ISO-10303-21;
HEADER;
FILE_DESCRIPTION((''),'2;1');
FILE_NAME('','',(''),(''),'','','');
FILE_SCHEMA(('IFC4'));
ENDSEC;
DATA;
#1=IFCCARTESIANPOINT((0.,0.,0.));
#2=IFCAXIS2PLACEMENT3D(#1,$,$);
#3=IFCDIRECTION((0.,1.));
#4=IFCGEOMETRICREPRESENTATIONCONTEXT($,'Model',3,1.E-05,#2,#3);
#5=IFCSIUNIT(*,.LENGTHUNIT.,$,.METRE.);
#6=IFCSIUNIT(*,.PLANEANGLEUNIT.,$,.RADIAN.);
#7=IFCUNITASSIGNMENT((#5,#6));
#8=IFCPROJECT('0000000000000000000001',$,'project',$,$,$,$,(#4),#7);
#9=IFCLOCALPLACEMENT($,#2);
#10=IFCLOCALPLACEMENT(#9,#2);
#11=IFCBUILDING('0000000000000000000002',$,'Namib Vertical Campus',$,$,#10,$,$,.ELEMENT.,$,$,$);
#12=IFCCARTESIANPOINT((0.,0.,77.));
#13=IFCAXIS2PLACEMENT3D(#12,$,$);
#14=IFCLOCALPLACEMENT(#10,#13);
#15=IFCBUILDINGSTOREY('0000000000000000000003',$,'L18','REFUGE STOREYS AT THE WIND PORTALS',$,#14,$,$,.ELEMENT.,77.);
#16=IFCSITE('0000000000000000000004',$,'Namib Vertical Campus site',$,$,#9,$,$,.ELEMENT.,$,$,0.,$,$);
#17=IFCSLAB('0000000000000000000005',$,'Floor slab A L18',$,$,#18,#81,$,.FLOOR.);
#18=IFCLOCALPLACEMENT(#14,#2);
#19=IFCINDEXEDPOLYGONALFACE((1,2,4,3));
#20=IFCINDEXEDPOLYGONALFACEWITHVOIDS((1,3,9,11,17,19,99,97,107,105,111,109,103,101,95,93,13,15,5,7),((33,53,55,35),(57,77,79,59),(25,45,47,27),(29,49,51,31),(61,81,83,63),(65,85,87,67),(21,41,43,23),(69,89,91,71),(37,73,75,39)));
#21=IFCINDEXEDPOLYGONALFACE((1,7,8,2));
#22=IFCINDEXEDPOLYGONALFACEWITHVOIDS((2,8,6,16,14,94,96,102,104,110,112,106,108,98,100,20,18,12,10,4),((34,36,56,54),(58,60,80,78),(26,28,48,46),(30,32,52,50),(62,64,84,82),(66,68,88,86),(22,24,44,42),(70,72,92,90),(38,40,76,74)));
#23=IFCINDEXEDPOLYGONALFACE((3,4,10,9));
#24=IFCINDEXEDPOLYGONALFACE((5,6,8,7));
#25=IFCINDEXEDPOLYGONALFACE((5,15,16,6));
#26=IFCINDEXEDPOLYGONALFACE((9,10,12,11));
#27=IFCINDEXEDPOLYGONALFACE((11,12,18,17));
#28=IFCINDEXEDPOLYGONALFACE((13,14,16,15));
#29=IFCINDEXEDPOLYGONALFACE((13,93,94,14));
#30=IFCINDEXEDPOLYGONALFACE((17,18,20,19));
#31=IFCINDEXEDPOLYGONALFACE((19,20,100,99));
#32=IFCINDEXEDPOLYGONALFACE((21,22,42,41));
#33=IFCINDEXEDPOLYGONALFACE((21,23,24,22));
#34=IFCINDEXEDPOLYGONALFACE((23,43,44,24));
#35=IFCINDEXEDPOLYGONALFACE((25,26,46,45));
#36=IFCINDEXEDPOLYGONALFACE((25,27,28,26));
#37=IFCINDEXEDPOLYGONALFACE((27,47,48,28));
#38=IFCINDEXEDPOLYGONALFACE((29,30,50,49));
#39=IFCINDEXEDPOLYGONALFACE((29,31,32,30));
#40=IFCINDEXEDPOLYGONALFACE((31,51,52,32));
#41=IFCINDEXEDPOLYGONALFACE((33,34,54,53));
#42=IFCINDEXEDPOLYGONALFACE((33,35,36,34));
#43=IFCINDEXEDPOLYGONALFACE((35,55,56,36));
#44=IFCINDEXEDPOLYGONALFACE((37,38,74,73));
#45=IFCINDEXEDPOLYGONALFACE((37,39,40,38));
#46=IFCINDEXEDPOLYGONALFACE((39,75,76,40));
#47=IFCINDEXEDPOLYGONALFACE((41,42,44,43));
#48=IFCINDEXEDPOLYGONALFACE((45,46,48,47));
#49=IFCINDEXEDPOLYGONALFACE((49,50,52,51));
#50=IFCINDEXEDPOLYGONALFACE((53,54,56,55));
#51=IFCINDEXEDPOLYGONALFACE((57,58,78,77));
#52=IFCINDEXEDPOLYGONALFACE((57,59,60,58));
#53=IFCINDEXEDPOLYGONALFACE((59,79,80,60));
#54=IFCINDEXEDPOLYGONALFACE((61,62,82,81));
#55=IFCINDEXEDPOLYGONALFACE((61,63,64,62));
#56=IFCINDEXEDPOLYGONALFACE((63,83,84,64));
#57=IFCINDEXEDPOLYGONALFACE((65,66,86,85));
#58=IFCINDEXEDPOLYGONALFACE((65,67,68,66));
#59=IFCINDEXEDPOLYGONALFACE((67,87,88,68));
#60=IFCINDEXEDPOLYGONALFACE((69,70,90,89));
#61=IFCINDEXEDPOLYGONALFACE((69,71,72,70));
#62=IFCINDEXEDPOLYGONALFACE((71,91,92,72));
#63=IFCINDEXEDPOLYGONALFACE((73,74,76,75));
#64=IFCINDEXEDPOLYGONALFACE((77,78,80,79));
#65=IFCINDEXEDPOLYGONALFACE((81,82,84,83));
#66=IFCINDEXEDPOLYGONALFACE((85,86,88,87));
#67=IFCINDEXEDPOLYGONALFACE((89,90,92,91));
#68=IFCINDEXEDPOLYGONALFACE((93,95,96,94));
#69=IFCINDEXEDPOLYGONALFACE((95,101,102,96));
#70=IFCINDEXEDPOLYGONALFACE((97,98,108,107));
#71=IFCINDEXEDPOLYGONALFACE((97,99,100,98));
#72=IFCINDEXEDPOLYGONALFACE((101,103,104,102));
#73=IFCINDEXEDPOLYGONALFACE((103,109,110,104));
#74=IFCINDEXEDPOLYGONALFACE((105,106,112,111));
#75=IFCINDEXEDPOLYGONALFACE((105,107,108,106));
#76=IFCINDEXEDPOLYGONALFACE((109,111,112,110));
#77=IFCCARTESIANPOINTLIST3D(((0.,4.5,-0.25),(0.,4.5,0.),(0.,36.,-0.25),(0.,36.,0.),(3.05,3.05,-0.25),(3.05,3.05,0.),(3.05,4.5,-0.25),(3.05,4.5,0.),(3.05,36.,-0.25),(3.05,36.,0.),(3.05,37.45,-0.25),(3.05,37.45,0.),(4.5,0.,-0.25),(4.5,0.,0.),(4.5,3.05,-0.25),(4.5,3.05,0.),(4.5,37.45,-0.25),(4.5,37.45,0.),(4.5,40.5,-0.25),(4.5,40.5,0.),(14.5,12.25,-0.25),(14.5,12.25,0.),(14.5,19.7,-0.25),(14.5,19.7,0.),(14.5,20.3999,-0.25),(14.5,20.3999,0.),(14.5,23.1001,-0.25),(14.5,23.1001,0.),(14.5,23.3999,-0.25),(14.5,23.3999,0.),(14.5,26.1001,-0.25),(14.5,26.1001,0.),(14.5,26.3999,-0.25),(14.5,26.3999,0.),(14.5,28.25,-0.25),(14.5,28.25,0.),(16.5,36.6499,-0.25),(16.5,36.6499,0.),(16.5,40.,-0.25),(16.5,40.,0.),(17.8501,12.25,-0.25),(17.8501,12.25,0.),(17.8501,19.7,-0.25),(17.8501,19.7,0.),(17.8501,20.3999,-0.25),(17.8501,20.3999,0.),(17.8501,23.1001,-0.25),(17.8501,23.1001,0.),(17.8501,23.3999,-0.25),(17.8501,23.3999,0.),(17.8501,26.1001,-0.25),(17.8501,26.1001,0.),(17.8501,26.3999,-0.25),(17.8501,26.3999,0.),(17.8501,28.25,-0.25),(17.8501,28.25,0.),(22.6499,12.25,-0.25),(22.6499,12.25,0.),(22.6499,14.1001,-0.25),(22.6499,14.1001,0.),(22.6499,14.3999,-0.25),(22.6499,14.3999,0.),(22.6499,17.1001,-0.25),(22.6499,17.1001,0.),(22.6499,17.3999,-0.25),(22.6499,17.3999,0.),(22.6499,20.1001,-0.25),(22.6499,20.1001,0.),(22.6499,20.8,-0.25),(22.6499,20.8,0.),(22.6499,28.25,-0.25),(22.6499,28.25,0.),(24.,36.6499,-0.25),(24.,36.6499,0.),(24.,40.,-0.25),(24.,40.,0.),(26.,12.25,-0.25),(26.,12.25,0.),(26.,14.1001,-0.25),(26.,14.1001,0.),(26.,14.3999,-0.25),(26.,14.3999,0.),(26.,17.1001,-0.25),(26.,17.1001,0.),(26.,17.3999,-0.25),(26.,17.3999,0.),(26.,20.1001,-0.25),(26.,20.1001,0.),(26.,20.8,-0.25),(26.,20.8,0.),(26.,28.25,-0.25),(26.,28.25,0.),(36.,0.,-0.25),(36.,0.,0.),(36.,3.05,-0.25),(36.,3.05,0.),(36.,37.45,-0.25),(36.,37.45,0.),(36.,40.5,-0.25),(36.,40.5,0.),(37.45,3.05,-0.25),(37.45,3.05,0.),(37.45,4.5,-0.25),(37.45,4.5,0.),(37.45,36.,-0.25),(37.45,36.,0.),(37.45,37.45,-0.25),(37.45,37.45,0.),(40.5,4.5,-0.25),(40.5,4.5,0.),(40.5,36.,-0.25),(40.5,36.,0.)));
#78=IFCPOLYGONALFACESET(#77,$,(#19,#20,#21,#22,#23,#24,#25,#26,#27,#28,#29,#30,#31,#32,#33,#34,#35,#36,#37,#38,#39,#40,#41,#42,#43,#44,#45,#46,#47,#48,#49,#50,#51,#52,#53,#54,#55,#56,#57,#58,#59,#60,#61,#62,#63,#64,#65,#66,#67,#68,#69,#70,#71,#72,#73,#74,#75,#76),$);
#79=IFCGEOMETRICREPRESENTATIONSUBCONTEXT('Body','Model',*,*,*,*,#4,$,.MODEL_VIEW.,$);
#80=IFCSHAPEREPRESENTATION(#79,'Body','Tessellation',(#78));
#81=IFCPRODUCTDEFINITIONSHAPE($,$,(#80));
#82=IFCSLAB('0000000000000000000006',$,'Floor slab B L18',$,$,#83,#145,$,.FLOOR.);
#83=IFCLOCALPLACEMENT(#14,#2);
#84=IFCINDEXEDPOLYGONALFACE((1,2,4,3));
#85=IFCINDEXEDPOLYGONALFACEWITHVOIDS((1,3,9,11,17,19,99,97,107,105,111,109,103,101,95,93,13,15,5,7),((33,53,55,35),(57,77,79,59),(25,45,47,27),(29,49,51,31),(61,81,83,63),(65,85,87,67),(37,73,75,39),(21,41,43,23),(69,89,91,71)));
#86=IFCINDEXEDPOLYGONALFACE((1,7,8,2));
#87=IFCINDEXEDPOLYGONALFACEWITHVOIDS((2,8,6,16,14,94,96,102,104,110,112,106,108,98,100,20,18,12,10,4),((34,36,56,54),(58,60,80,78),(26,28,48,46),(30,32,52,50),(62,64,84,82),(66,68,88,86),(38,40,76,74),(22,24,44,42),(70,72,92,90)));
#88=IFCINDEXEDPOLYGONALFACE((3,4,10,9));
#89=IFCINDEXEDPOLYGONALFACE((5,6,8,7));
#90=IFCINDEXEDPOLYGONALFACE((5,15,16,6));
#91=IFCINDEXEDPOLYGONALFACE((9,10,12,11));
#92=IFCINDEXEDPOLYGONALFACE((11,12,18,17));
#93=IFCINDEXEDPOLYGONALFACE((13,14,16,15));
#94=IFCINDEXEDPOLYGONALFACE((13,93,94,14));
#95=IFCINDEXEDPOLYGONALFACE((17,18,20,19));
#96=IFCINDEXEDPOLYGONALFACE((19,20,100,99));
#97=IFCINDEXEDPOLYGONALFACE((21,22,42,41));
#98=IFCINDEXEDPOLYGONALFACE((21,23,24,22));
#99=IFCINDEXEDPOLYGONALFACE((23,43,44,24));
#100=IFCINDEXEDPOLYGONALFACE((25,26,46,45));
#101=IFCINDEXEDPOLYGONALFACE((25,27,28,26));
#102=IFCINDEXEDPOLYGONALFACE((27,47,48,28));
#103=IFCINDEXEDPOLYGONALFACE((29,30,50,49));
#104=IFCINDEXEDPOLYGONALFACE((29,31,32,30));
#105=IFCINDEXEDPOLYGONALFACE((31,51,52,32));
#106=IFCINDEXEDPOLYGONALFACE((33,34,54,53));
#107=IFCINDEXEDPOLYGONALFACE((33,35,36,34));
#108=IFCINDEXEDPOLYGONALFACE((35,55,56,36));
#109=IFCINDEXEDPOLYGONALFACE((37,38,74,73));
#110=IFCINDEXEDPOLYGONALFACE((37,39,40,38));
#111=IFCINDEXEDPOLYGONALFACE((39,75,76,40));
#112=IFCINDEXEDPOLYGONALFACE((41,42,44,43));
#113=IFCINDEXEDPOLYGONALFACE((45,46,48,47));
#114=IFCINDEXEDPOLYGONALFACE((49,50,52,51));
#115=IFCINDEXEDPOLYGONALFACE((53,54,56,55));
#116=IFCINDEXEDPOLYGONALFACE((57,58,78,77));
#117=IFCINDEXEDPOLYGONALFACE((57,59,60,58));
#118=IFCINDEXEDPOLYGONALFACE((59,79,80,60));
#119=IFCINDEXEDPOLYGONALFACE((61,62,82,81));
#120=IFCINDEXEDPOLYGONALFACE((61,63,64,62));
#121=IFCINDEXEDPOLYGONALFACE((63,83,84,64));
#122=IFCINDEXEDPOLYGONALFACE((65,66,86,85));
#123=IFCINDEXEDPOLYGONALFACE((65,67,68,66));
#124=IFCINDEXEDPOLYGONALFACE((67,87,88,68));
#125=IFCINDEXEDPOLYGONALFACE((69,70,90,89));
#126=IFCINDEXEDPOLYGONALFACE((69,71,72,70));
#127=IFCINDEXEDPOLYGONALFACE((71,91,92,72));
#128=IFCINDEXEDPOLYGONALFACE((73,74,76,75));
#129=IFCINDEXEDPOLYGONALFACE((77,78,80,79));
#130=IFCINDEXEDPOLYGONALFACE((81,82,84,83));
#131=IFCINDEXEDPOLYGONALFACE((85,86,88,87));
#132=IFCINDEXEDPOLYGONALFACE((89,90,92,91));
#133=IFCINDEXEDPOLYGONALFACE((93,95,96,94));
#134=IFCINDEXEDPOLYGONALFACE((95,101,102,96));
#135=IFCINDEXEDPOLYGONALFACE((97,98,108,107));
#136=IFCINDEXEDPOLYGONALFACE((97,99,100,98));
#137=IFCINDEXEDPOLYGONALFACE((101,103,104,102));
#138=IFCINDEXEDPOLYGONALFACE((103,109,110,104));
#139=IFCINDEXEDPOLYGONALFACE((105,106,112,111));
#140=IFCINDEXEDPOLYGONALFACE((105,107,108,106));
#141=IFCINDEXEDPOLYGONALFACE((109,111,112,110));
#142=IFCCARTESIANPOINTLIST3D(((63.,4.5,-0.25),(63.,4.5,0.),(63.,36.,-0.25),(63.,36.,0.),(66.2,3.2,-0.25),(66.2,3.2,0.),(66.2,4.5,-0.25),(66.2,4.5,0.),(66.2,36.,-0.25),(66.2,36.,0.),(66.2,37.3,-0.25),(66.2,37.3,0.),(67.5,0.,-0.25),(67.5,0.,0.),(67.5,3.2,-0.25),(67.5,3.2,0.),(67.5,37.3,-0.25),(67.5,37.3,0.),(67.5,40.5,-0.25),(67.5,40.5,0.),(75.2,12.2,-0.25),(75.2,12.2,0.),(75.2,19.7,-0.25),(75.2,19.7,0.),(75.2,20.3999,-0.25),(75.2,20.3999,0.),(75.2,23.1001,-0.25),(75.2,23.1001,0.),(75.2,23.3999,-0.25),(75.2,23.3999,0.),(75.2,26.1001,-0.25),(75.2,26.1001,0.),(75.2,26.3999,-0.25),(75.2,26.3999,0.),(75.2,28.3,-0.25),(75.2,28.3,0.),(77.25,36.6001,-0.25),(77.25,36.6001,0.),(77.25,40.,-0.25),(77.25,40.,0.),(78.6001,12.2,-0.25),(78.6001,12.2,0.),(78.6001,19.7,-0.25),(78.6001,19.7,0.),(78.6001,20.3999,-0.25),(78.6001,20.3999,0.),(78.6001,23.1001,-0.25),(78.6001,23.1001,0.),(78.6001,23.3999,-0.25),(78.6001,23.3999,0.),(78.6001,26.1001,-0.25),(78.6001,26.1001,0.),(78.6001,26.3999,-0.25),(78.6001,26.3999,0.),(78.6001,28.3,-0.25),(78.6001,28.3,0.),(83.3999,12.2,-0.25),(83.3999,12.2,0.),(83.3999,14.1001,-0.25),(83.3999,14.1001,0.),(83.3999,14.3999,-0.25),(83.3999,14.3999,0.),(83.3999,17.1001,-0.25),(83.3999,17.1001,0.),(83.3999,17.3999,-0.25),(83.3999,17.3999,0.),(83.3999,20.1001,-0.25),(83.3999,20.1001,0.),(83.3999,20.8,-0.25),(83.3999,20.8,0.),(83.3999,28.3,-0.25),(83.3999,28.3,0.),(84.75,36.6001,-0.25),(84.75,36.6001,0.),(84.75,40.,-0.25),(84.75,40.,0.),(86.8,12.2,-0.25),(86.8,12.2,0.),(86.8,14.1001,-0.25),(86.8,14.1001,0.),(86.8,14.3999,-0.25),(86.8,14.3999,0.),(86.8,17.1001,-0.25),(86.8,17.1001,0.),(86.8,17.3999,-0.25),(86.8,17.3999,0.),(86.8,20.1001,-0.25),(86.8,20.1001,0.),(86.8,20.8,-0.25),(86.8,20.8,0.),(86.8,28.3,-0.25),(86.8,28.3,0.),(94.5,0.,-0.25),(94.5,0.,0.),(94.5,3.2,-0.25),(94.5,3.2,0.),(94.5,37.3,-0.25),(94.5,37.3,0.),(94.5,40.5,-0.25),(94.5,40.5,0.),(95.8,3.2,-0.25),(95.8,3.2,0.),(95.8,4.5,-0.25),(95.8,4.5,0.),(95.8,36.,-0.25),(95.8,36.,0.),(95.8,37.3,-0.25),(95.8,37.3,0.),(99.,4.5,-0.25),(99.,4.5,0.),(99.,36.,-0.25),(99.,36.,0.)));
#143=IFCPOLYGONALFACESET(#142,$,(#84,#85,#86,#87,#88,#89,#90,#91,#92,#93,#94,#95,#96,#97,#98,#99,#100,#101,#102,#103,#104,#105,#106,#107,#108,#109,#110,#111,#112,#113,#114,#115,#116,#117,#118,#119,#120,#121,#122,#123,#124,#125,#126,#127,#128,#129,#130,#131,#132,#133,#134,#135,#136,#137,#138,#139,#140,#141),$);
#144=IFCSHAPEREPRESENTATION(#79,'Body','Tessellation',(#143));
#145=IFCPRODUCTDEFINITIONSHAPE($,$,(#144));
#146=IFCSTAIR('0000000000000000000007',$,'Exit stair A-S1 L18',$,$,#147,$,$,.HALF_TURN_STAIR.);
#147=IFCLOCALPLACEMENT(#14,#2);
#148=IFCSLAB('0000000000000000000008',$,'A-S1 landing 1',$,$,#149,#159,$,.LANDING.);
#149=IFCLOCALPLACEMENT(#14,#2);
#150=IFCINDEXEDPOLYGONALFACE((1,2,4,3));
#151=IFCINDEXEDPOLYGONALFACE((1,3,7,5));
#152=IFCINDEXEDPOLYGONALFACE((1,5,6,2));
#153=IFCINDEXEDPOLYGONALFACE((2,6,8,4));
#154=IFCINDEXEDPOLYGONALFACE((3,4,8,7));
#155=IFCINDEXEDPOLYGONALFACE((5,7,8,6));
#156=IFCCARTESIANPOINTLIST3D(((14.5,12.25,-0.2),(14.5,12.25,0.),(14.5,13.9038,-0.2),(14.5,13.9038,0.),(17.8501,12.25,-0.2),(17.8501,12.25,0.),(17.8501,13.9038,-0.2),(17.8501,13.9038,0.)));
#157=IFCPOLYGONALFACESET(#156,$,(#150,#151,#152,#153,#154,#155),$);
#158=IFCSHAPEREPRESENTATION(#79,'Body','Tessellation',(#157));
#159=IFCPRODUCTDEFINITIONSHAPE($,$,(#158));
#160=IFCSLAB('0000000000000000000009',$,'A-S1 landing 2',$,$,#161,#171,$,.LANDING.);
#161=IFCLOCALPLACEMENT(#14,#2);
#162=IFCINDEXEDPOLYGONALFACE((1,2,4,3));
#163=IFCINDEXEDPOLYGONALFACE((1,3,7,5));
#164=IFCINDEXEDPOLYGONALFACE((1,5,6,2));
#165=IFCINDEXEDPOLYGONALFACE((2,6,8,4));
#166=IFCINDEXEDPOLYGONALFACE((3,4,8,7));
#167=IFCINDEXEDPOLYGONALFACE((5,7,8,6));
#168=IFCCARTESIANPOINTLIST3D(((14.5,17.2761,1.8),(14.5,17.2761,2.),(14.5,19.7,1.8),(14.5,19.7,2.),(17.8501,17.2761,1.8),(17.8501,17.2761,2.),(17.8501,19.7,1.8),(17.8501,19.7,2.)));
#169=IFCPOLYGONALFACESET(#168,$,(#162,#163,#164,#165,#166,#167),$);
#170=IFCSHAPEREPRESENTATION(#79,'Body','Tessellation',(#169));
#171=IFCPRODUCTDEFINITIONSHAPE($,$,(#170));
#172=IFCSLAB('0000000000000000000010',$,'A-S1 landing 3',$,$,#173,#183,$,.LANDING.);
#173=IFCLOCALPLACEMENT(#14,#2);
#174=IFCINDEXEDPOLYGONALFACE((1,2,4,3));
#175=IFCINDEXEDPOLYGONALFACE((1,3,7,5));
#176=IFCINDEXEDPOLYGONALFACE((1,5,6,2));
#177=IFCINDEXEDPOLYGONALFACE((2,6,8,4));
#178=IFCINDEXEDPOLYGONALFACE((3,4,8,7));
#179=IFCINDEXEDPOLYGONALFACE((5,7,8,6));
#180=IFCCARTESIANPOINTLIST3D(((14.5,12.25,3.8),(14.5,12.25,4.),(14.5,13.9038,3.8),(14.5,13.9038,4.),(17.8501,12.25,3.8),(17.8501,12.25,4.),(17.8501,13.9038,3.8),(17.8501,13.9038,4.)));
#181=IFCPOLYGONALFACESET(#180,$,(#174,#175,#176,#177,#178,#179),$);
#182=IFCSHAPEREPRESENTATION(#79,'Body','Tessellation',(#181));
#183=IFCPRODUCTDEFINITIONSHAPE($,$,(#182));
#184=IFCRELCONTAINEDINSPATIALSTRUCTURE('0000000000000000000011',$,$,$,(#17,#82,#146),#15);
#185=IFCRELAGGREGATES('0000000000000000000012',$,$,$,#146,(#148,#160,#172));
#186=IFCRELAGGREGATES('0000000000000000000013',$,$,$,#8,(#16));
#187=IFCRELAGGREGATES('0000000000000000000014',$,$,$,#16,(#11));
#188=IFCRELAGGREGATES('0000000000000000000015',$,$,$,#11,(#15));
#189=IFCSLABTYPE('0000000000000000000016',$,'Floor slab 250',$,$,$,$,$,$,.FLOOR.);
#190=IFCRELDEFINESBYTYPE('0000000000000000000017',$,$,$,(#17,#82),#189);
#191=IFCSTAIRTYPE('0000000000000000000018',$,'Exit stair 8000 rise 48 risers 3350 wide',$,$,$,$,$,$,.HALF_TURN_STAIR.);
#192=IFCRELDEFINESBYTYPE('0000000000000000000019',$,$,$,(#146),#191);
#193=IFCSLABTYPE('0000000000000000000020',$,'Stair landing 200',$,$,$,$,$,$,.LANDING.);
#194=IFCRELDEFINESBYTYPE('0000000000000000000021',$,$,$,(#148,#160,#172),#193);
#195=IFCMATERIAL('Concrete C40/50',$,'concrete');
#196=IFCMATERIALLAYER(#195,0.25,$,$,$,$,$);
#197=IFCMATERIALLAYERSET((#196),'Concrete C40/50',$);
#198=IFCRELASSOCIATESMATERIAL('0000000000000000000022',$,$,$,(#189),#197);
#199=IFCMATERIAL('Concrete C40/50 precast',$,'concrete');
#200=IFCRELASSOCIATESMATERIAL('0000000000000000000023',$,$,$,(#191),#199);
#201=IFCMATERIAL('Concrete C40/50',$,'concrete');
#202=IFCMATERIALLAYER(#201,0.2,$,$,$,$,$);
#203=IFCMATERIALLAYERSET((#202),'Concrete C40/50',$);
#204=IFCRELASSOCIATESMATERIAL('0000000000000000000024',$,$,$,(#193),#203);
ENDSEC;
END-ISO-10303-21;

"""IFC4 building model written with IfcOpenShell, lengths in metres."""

from ifc_helpers import new_model, si_unit, direction, frame, origin, place, context, subcontext, project, spatial, polyline, outline, extrude, material, layer, layer_set, type_object, element, aggregate, save


model = new_model("IFC4")

# Units and contexts
model_context = context("Model", 3, precision=1e-05, world=origin(), true_north=direction((0.0, 1.0)))
body_context = subcontext(model_context, "Body", "Model", "MODEL_VIEW")
ifc_project = project(units=[si_unit("LENGTHUNIT", "METRE"), si_unit("PLANEANGLEUNIT", "RADIAN")], contexts=[model_context])

# Site, building, storey
site_placement = place(None, origin())
site = spatial("IfcSite", under=ifc_project, at=site_placement, Name="Namib Vertical Campus site", CompositionType="ELEMENT", RefElevation=0.0)
building_placement = place(site_placement, origin())
building = spatial("IfcBuilding", under=site, at=building_placement, Name="Namib Vertical Campus", CompositionType="ELEMENT")
storey_placement = place(building_placement, frame((0.0, 0.0, 77.0)))
storey = spatial("IfcBuildingStorey", under=building, at=storey_placement, Name="L18", Description="REFUGE STOREYS AT THE WIND PORTALS", CompositionType="ELEMENT", Elevation=77.0)

# Slabs
ifc_material_1 = material(Name="Concrete C40/50", Category="concrete")
ifc_layer_1 = layer(ifc_material_1, 0.25)
ifc_layer_set_1 = layer_set([ifc_layer_1], Name="Concrete C40/50")
slab_type_1 = type_object("IfcSlabType", Name="Floor slab 250", PredefinedType="FLOOR", material=ifc_layer_set_1)
slab_1_placement = place(storey_placement, frame((0.0, 0.0, -0.25)))
element("IfcSlab", 1, at=slab_1_placement, inside=storey, type_object=slab_type_1, Name="Floor slab A L18", PredefinedType="FLOOR", context=body_context, shape_type="SweptSolid", body=[
    extrude(outline(polyline([(4.5, 0.0), (36.0, 0.0), (36.0, 3.05), (37.45, 3.05), (37.45, 4.5), (40.5, 4.5), (40.5, 36.0), (37.45, 36.0), (37.45, 37.45), (36.0, 37.45), (36.0, 40.5), (4.5, 40.5), (4.5, 37.45), (3.05, 37.45), (3.05, 36.0), (0.0, 36.0), (0.0, 4.5), (3.05, 4.5), (3.05, 3.05), (4.5, 3.05), (4.5, 0.0)]), holes=[polyline([(14.5, 12.25), (17.8501, 12.25), (17.8501, 19.7), (14.5, 19.7), (14.5, 12.25)]), polyline([(22.6499, 20.8), (26.0, 20.8), (26.0, 28.25), (22.6499, 28.25), (22.6499, 20.8)]), polyline([(22.6499, 12.25), (26.0, 12.25), (26.0, 14.1001), (22.6499, 14.1001), (22.6499, 12.25)]), polyline([(14.5, 20.3999), (17.8501, 20.3999), (17.8501, 23.1001), (14.5, 23.1001), (14.5, 20.3999)]), polyline([(14.5, 23.3999), (17.8501, 23.3999), (17.8501, 26.1001), (14.5, 26.1001), (14.5, 23.3999)]), polyline([(14.5, 26.3999), (17.8501, 26.3999), (17.8501, 28.25), (14.5, 28.25), (14.5, 26.3999)]), polyline([(22.6499, 14.3999), (26.0, 14.3999), (26.0, 17.1001), (22.6499, 17.1001), (22.6499, 14.3999)]), polyline([(22.6499, 17.3999), (26.0, 17.3999), (26.0, 20.1001), (22.6499, 20.1001), (22.6499, 17.3999)]), polyline([(16.5, 36.6499), (24.0, 36.6499), (24.0, 40.0), (16.5, 40.0), (16.5, 36.6499)])]), origin(), (0.0, 0.0, 1.0), 0.25),
])
slab_2_placement = place(storey_placement, frame((0.0, 0.0, -0.25)))
element("IfcSlab", 2, at=slab_2_placement, inside=storey, type_object=slab_type_1, Name="Floor slab B L18", PredefinedType="FLOOR", context=body_context, shape_type="SweptSolid", body=[
    extrude(outline(polyline([(67.5, 0.0), (94.5, 0.0), (94.5, 3.2), (95.8, 3.2), (95.8, 4.5), (99.0, 4.5), (99.0, 36.0), (95.8, 36.0), (95.8, 37.3), (94.5, 37.3), (94.5, 40.5), (67.5, 40.5), (67.5, 37.3), (66.2, 37.3), (66.2, 36.0), (63.0, 36.0), (63.0, 4.5), (66.2, 4.5), (66.2, 3.2), (67.5, 3.2), (67.5, 0.0)]), holes=[polyline([(75.2, 12.2), (78.6001, 12.2), (78.6001, 19.7), (75.2, 19.7), (75.2, 12.2)]), polyline([(83.3999, 20.8), (86.8, 20.8), (86.8, 28.3), (83.3999, 28.3), (83.3999, 20.8)]), polyline([(83.3999, 12.2), (86.8, 12.2), (86.8, 14.1001), (83.3999, 14.1001), (83.3999, 12.2)]), polyline([(75.2, 20.3999), (78.6001, 20.3999), (78.6001, 23.1001), (75.2, 23.1001), (75.2, 20.3999)]), polyline([(75.2, 23.3999), (78.6001, 23.3999), (78.6001, 26.1001), (75.2, 26.1001), (75.2, 23.3999)]), polyline([(75.2, 26.3999), (78.6001, 26.3999), (78.6001, 28.3), (75.2, 28.3), (75.2, 26.3999)]), polyline([(83.3999, 14.3999), (86.8, 14.3999), (86.8, 17.1001), (83.3999, 17.1001), (83.3999, 14.3999)]), polyline([(83.3999, 17.3999), (86.8, 17.3999), (86.8, 20.1001), (83.3999, 20.1001), (83.3999, 17.3999)]), polyline([(77.25, 36.6001), (84.75, 36.6001), (84.75, 40.0), (77.25, 40.0), (77.25, 36.6001)])]), origin(), (0.0, 0.0, 1.0), 0.25),
])

# Stair, slabs
ifc_material_2 = material(Name="Concrete C40/50 precast", Category="concrete")
stair_type_1 = type_object("IfcStairType", Name="Exit stair 8000 rise 48 risers 3350 wide", PredefinedType="HALF_TURN_STAIR", material=ifc_material_2)
stair_1_placement = place(storey_placement, origin())
stair_1 = element("IfcStair", 3, at=stair_1_placement, inside=storey, type_object=stair_type_1, Name="Exit stair A-S1 L18", PredefinedType="HALF_TURN_STAIR")
ifc_material_3 = material(Name="Concrete C40/50", Category="concrete")
ifc_layer_2 = layer(ifc_material_3, 0.2)
ifc_layer_set_2 = layer_set([ifc_layer_2], Name="Concrete C40/50")
slab_type_2 = type_object("IfcSlabType", Name="Stair landing 200", PredefinedType="LANDING", material=ifc_layer_set_2)
slab_3_placement = place(storey_placement, frame((0.0, 0.0, -0.2)))
slab_3 = element("IfcSlab", 4, at=slab_3_placement, type_object=slab_type_2, Name="A-S1 landing 1", PredefinedType="LANDING", context=body_context, shape_type="SweptSolid", body=[
    extrude(outline(polyline([(14.5, 12.25), (17.8501, 12.25), (17.8501, 13.9038), (14.5, 13.9038), (14.5, 12.25)])), origin(), (0.0, 0.0, 1.0), 0.2),
])
slab_4_placement = place(storey_placement, frame((0.0, 0.0, 1.8)))
slab_4 = element("IfcSlab", 5, at=slab_4_placement, type_object=slab_type_2, Name="A-S1 landing 2", PredefinedType="LANDING", context=body_context, shape_type="SweptSolid", body=[
    extrude(outline(polyline([(14.5, 17.2761), (17.8501, 17.2761), (17.8501, 19.7), (14.5, 19.7), (14.5, 17.2761)])), origin(), (0.0, 0.0, 1.0), 0.2),
])
slab_5_placement = place(storey_placement, frame((0.0, 0.0, 3.8)))
slab_5 = element("IfcSlab", 6, at=slab_5_placement, type_object=slab_type_2, Name="A-S1 landing 3", PredefinedType="LANDING", context=body_context, shape_type="SweptSolid", body=[
    extrude(outline(polyline([(14.5, 12.25), (17.8501, 12.25), (17.8501, 13.9038), (14.5, 13.9038), (14.5, 12.25)])), origin(), (0.0, 0.0, 1.0), 0.2),
])
aggregate(stair_1, [slab_3, slab_4, slab_5])

save(model, "model.ifc")
